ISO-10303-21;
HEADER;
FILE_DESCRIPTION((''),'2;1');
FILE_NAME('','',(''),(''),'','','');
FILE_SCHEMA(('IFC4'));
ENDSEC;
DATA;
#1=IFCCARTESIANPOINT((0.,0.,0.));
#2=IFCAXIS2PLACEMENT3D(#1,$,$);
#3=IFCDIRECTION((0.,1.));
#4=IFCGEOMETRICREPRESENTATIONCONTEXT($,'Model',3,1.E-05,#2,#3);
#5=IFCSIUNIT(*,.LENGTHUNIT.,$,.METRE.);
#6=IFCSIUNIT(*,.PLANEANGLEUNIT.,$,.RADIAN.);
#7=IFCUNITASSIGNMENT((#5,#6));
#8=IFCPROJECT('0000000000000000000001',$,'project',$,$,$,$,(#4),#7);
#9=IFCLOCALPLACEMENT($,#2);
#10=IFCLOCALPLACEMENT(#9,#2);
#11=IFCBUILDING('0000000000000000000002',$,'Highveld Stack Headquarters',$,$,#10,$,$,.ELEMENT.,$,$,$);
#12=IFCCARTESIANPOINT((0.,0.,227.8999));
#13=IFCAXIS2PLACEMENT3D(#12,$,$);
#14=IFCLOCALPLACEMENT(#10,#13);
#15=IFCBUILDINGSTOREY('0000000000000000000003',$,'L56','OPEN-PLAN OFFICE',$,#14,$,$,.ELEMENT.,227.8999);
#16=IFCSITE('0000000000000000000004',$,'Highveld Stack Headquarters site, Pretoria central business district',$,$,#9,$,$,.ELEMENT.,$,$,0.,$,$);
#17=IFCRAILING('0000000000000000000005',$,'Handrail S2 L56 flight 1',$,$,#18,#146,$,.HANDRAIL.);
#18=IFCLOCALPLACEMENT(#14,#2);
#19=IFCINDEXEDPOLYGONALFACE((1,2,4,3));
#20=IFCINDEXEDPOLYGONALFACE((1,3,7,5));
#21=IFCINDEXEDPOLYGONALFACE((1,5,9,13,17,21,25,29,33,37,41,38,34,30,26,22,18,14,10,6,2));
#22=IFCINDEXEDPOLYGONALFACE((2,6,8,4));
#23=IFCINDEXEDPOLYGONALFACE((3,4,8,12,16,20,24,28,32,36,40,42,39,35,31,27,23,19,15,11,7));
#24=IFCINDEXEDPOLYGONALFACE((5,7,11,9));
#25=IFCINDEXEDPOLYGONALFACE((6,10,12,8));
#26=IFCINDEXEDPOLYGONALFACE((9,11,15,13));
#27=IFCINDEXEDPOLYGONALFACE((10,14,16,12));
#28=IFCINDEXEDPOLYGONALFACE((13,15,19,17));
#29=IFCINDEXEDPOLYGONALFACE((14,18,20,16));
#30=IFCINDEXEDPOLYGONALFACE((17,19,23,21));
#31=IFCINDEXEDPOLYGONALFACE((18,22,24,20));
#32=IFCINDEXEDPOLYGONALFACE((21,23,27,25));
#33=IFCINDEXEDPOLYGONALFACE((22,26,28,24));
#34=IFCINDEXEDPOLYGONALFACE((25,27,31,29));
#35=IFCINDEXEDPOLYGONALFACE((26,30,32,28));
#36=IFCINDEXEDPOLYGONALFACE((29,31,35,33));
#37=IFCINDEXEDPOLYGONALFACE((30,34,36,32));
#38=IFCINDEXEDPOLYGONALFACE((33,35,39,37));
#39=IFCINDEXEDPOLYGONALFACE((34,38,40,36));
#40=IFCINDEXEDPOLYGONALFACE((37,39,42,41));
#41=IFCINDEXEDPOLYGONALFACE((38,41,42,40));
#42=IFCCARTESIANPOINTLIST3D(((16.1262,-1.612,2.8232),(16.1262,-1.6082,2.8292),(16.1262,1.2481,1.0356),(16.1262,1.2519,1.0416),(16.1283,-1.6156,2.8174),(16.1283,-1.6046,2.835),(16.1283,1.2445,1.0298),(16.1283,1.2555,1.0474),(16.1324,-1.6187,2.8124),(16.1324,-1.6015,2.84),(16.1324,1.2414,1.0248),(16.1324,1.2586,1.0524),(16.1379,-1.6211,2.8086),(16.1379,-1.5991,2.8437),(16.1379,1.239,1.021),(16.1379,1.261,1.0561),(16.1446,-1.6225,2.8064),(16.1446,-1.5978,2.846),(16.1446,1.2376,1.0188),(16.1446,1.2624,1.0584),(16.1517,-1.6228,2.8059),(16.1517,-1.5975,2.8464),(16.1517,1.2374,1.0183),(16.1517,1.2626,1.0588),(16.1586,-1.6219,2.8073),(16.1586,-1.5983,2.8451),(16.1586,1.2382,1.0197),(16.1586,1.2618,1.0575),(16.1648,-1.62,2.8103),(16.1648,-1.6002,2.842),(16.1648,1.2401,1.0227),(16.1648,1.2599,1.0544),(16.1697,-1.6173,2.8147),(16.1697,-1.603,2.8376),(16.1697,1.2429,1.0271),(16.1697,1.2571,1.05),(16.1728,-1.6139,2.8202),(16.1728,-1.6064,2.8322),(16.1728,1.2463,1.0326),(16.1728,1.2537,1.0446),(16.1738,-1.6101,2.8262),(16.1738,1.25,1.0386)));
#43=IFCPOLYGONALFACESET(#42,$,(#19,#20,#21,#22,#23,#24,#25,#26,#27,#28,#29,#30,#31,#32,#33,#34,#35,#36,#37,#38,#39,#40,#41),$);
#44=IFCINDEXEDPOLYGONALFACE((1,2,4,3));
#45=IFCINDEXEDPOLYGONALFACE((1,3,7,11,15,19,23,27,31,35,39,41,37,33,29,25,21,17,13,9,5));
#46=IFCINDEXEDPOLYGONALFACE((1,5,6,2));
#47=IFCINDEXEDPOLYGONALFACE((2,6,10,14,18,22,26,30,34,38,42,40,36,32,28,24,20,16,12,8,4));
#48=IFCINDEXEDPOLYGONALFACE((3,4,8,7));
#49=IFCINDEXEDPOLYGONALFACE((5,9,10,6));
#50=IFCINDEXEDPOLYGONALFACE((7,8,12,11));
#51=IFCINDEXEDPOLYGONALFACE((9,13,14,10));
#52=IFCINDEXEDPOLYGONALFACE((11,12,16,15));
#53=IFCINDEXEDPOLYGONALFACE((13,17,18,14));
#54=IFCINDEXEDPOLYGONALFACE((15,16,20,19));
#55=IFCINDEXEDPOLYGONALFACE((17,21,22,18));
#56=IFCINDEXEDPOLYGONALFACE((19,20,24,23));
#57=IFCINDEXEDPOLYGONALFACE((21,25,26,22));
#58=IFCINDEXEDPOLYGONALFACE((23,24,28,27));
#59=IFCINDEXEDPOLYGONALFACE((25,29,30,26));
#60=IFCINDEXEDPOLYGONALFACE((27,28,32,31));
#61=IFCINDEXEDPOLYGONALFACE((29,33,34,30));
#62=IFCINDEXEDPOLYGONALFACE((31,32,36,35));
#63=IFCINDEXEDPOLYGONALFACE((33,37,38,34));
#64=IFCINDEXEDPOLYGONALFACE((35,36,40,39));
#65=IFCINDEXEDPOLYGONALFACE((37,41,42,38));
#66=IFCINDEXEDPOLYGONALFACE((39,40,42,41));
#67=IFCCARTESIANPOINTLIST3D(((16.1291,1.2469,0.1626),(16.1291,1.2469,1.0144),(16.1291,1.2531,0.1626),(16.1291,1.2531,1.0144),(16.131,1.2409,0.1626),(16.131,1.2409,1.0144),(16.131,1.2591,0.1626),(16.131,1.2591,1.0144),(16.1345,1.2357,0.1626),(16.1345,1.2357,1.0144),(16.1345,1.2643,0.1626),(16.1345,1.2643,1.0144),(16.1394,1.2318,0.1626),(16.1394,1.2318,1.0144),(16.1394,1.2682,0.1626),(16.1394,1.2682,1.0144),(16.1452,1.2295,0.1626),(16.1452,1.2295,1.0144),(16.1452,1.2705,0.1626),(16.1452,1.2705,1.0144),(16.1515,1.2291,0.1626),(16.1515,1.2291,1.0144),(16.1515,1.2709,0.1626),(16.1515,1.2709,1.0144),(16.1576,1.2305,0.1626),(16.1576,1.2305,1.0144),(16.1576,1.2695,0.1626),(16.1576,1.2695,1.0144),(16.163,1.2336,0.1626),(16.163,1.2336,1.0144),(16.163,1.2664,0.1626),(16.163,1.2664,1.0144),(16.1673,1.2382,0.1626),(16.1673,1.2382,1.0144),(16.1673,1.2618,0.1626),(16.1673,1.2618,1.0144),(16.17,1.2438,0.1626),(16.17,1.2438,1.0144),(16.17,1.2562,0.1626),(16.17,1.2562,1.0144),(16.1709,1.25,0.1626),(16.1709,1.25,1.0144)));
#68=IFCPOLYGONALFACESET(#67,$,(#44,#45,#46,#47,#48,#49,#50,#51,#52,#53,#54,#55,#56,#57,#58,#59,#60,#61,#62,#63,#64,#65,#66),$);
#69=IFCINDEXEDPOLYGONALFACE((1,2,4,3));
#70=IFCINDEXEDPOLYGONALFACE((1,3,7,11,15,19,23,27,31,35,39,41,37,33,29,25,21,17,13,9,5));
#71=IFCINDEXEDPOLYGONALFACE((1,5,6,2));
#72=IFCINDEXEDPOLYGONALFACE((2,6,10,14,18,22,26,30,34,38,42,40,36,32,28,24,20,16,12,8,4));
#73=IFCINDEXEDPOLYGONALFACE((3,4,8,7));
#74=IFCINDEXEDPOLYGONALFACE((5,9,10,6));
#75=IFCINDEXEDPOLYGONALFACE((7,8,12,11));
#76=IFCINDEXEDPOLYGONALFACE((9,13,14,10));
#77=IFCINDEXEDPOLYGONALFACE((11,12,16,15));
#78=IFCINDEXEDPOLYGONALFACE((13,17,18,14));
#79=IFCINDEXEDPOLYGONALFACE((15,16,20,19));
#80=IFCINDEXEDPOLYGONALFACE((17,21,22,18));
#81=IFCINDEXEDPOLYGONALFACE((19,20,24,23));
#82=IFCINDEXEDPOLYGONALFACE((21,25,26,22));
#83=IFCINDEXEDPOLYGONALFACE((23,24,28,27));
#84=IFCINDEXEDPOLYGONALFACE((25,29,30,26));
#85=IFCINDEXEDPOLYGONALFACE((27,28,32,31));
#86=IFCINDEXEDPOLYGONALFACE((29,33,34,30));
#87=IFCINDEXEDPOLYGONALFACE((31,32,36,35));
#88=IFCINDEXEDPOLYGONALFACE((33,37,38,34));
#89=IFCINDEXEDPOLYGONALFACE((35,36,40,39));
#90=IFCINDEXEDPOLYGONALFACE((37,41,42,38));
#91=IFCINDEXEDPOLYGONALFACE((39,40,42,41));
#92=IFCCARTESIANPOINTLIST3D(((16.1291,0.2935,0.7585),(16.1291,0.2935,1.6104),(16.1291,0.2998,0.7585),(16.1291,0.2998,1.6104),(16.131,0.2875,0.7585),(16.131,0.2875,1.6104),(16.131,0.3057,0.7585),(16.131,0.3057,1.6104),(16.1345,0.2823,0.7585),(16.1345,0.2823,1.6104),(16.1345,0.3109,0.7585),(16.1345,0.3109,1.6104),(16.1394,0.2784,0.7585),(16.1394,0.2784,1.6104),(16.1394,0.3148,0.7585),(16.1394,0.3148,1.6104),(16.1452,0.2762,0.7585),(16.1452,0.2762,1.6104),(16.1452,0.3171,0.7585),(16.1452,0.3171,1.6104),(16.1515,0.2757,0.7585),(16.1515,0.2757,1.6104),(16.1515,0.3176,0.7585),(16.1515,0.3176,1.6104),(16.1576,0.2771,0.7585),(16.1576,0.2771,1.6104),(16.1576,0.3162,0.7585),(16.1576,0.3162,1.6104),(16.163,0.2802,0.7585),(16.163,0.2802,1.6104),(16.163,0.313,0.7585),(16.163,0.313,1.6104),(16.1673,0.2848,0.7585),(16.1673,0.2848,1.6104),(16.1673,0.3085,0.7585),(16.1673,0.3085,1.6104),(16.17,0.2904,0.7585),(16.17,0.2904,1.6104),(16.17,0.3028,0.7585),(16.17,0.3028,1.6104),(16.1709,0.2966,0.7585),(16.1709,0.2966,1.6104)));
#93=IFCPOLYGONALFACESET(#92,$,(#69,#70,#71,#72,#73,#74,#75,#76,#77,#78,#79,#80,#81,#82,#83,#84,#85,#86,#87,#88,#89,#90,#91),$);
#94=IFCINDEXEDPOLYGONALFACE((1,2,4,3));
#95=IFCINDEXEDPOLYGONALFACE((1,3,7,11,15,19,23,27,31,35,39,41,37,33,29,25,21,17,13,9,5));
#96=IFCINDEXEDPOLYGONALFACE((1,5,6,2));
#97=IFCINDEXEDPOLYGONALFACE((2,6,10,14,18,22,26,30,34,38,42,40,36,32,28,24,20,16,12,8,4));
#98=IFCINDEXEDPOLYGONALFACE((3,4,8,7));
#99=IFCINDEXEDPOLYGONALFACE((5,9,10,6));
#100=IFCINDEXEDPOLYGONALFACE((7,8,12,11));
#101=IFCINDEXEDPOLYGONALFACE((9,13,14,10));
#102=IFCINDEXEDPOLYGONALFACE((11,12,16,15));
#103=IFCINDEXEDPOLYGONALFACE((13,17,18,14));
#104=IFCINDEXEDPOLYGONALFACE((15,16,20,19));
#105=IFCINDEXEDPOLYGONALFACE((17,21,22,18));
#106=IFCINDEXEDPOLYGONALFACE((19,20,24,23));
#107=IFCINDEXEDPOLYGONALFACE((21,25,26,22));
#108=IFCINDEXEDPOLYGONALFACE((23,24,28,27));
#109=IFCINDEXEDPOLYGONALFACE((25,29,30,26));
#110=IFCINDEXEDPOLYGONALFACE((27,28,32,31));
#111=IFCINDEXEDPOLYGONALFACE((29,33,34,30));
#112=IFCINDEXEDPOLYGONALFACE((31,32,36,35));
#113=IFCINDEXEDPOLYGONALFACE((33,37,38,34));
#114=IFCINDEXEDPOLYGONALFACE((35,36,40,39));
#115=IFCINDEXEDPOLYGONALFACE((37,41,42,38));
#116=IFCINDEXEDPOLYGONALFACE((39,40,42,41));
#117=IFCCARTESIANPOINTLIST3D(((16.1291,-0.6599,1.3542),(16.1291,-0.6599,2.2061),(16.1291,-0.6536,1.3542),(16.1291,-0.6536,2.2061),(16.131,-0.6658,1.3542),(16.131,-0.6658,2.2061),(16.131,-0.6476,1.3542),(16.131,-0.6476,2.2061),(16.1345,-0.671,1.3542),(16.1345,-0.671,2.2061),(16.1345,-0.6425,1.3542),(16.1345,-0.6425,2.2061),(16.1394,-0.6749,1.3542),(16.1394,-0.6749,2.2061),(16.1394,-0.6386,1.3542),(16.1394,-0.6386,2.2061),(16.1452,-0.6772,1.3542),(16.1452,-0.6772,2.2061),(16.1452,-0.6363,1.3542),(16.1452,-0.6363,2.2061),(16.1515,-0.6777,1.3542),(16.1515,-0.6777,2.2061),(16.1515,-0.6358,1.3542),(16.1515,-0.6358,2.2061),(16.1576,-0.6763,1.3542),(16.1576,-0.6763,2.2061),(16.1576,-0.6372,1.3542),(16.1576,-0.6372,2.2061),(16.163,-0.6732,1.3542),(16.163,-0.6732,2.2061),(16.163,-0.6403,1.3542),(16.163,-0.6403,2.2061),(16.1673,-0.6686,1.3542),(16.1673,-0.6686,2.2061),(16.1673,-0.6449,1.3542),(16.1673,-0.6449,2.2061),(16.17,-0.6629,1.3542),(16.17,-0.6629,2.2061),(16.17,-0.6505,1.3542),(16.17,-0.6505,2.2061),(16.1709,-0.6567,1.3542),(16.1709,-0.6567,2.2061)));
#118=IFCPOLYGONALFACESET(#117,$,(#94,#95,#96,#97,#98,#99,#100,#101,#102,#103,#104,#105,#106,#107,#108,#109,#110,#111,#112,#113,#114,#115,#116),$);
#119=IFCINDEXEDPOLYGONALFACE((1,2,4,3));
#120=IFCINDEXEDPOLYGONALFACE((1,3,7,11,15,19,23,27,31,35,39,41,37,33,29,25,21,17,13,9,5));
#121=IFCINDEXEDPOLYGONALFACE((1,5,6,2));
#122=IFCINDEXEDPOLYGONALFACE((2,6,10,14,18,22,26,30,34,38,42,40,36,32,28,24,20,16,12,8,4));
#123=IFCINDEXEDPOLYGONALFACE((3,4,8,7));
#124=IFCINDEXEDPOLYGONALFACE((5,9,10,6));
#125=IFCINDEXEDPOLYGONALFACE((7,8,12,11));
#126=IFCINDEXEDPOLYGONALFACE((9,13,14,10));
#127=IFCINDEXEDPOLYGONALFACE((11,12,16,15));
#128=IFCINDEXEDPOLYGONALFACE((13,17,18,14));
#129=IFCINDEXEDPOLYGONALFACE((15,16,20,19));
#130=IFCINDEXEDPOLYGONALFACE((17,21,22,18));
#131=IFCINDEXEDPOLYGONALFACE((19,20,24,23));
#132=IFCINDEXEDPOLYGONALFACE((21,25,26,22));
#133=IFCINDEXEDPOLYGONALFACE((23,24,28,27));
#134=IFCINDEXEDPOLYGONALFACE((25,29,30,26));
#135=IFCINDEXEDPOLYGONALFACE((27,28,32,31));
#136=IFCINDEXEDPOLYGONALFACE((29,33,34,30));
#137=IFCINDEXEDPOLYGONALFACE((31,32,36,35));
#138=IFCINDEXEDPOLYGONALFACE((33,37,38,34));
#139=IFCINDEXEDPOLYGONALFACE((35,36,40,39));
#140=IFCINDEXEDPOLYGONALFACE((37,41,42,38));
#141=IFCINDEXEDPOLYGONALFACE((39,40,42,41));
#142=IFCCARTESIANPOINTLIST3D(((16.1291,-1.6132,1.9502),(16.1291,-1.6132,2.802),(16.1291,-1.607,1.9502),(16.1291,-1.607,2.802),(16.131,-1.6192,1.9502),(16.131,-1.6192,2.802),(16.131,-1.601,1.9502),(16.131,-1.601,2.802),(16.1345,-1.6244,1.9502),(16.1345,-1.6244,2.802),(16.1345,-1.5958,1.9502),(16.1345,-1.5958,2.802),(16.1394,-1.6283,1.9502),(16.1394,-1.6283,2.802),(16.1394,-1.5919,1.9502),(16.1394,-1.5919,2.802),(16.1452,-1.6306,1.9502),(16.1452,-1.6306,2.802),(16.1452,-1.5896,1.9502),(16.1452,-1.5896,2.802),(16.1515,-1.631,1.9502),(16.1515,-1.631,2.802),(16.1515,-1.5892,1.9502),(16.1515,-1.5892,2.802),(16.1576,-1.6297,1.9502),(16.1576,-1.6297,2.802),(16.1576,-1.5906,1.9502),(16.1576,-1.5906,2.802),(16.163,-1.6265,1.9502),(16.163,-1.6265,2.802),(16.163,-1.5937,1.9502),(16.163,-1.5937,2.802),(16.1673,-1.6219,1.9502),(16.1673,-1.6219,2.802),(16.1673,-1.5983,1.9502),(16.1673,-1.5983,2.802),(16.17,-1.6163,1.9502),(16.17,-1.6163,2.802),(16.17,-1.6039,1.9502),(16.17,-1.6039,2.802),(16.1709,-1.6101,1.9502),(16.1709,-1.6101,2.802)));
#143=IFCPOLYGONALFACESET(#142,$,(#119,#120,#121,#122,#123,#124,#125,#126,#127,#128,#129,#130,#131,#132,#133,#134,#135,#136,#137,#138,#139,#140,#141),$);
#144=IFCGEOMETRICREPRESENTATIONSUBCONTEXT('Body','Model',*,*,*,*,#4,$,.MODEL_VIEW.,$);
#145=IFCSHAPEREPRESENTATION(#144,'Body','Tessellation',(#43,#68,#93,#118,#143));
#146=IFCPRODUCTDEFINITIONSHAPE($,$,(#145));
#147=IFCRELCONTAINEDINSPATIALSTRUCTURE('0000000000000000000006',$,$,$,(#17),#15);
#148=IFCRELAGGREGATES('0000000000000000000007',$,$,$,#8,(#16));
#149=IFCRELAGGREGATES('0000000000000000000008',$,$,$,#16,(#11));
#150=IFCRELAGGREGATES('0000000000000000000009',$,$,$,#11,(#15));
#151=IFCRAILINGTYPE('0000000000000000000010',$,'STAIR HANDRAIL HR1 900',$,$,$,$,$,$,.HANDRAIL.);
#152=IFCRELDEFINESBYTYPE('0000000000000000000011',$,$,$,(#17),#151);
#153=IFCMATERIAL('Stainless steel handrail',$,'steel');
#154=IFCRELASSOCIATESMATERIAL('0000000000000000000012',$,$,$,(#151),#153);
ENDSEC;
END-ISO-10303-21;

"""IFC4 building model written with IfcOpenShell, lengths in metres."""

from ifc_helpers import new_model, si_unit, direction, frame, origin, origin_2d, place, context, subcontext, project, spatial, circle, extrude, material, type_object, element, save


model = new_model("IFC4")

# Units and contexts
model_context = context("Model", 3, precision=1e-05, world=origin(), true_north=direction((0.0, 1.0)))
body_context = subcontext(model_context, "Body", "Model", "MODEL_VIEW")
ifc_project = project(units=[si_unit("LENGTHUNIT", "METRE"), si_unit("PLANEANGLEUNIT", "RADIAN")], contexts=[model_context])

# Site, building, storey
site_placement = place(None, origin())
site = spatial("IfcSite", under=ifc_project, at=site_placement, Name="Highveld Stack Headquarters site, Pretoria central business district", CompositionType="ELEMENT", RefElevation=0.0)
building_placement = place(site_placement, origin())
building = spatial("IfcBuilding", under=site, at=building_placement, Name="Highveld Stack Headquarters", CompositionType="ELEMENT")
storey_placement = place(building_placement, frame((0.0, 0.0, 227.8999)))
storey = spatial("IfcBuildingStorey", under=building, at=storey_placement, Name="L56", Description="OPEN-PLAN OFFICE", CompositionType="ELEMENT", Elevation=227.8999)

# Railing
ifc_material_1 = material(Name="Stainless steel handrail", Category="steel")
railing_type = type_object("IfcRailingType", Name="STAIR HANDRAIL HR1 900", PredefinedType="HANDRAIL", material=ifc_material_1)
for number, where, name in (
    (1, (16.1499, 1.25, 0.1626), "Handrail S2 L56 flight 1"),
):
    element("IfcRailing", number, at=place(storey_placement, frame(where)), inside=storey, type_object=railing_type, Name=name, PredefinedType="HANDRAIL", context=body_context, shape_type="SweptSolid", body=[
        extrude(circle(Radius=0.0239, at=origin_2d()), frame((0.0, 0.0, 0.876), z_axis=(0.0, -0.847994, 0.530005), x_axis=(1.0, 0.0, 0.0)), (0.0, 0.0, 1.0), 3.3728),
        extrude(circle(Radius=0.021, at=origin_2d()), origin(), (0.0, 0.0, 1.0), 0.8518),
        extrude(circle(Radius=0.021, at=origin_2d()), frame((0.0, -0.9534, 0.5959)), (0.0, 0.0, 1.0), 0.8518),
        extrude(circle(Radius=0.021, at=origin_2d()), frame((0.0, -1.9067, 1.1917)), (0.0, 0.0, 1.0), 0.8518),
        extrude(circle(Radius=0.021, at=origin_2d()), frame((0.0, -2.8601, 1.7876)), (0.0, 0.0, 1.0), 0.8518),
    ])

save(model, "model.ifc")
